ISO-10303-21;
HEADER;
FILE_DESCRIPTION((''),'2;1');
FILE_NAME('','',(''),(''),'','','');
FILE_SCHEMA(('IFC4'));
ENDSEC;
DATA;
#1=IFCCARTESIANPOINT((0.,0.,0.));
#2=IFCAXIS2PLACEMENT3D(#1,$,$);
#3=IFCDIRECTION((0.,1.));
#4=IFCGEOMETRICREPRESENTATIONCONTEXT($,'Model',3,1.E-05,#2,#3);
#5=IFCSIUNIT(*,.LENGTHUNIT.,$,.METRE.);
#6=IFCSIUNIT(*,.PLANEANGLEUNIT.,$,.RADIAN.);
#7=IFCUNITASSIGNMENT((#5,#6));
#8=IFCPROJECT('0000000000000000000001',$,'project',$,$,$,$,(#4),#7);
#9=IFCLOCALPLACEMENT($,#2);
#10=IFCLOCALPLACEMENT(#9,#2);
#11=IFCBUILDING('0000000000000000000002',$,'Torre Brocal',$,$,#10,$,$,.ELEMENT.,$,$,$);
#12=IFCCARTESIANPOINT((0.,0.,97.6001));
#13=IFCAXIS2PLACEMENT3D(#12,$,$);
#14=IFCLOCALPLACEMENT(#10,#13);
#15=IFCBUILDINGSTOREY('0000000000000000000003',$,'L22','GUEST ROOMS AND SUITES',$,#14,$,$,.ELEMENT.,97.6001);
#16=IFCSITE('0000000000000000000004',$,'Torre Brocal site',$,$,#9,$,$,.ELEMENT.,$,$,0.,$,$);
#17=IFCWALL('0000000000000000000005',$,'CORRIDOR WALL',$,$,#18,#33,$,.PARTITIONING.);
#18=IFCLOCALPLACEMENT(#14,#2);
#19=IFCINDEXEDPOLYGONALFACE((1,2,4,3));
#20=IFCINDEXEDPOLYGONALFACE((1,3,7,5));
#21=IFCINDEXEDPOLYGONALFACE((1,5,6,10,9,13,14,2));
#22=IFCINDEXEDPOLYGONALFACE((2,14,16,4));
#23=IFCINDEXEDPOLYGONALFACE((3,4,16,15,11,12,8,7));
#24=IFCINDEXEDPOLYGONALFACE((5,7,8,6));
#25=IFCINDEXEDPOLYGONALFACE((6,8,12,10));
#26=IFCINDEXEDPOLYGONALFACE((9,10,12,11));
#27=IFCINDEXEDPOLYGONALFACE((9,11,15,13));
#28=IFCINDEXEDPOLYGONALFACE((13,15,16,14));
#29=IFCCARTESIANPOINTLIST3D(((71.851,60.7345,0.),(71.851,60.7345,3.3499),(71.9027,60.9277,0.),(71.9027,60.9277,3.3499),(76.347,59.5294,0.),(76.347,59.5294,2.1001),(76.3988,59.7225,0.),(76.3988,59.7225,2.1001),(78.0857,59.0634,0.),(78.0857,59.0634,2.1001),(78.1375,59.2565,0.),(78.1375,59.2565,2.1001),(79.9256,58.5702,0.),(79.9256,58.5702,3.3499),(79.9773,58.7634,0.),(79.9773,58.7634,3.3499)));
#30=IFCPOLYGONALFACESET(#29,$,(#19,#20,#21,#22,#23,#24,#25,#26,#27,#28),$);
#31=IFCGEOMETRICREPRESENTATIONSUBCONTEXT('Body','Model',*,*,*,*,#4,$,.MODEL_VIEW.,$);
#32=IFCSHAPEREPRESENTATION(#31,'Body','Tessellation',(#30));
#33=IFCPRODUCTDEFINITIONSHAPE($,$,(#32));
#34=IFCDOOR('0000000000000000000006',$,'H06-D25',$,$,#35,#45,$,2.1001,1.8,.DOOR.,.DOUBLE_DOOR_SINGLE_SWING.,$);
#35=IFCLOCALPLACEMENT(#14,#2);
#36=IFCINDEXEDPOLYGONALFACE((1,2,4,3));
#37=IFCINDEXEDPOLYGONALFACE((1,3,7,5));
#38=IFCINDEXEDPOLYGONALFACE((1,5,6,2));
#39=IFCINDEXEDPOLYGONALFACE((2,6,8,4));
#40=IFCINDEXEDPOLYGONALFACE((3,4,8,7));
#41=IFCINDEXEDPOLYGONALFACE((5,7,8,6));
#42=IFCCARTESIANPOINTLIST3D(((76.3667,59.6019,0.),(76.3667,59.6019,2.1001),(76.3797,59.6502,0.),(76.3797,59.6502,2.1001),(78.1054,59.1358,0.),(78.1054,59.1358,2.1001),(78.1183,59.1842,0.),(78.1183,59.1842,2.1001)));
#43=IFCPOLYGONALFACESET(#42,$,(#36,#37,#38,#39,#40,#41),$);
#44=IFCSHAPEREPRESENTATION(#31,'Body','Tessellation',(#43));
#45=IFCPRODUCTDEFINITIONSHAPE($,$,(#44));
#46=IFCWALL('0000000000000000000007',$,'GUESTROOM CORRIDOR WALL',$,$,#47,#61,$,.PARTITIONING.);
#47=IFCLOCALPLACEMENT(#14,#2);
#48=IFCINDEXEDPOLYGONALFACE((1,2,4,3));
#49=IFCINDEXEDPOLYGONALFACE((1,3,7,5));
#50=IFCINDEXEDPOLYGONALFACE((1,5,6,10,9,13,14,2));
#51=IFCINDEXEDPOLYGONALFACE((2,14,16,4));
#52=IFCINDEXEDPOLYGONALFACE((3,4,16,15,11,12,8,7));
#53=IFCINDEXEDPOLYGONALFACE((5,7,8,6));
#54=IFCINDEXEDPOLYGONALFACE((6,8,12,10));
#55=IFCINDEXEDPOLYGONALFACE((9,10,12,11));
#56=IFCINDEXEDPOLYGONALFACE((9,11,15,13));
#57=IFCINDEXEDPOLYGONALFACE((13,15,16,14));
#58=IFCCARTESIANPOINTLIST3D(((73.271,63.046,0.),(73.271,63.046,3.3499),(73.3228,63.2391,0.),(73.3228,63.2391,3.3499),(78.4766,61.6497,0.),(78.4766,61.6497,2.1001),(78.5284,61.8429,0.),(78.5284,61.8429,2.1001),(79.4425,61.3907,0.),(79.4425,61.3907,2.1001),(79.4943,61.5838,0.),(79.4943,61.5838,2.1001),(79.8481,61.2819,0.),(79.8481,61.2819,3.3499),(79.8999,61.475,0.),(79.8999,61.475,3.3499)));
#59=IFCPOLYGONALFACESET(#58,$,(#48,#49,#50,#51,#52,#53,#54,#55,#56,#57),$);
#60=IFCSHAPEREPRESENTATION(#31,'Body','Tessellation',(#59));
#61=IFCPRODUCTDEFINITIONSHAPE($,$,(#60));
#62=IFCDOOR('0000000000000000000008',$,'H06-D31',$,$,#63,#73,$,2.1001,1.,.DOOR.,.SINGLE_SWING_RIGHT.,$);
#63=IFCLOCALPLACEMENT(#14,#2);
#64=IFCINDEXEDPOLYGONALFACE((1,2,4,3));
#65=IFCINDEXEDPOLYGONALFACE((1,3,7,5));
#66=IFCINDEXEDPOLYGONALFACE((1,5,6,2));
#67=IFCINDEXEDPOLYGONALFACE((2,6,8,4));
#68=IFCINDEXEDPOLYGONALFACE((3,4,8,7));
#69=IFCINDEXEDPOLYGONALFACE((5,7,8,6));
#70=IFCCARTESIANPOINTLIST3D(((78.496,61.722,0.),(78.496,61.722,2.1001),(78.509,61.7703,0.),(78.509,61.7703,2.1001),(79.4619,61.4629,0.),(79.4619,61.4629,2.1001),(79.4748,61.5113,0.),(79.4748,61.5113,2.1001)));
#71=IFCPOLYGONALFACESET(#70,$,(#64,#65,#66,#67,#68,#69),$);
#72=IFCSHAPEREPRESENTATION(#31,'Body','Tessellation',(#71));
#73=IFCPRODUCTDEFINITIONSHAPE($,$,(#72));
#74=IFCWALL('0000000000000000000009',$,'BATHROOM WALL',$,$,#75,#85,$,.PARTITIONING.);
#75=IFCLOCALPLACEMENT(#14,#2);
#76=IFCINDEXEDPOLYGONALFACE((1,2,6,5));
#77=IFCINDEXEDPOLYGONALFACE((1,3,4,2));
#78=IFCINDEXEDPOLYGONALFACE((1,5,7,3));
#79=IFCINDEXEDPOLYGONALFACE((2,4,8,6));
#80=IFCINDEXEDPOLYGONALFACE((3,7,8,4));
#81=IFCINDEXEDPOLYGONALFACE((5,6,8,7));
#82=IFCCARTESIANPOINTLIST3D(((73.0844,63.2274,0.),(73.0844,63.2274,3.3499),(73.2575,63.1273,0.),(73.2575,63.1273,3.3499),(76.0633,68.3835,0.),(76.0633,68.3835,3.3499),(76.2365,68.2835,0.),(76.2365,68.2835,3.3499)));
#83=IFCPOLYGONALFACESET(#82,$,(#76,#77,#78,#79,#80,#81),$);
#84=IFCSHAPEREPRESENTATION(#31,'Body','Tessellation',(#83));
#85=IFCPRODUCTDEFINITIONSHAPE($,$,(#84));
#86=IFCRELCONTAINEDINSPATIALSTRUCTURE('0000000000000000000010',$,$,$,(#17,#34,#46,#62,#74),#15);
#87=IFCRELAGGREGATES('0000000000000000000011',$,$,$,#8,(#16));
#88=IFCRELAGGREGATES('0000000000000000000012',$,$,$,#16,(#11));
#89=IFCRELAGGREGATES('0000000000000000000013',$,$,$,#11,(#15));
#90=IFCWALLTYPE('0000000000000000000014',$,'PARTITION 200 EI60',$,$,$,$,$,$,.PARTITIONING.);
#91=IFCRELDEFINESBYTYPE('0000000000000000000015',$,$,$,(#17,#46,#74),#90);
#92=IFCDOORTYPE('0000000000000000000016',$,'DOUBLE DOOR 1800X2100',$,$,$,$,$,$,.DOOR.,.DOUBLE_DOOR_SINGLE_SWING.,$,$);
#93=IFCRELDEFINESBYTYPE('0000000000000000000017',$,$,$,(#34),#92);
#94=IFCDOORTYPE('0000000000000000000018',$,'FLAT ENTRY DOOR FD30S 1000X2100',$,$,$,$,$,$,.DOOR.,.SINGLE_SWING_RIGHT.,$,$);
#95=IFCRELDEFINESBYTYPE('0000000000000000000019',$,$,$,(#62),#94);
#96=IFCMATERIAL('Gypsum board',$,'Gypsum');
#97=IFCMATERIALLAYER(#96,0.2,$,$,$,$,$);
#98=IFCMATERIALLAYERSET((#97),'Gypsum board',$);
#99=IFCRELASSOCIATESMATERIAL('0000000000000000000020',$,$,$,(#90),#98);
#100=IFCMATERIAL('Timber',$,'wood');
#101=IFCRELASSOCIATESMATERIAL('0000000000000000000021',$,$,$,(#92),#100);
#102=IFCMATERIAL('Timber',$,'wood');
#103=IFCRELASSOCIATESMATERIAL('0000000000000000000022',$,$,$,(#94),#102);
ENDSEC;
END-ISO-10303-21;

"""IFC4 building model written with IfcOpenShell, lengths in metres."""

from ifc_helpers import new_model, si_unit, direction, frame, frame_2d, origin, place, context, subcontext, project, spatial, rectangle, extrude, material, layer, layer_set, type_object, element, fill, save


model = new_model("IFC4")

# Units and contexts
model_context = context("Model", 3, precision=1e-05, world=origin(), true_north=direction((0.0, 1.0)))
body_context = subcontext(model_context, "Body", "Model", "MODEL_VIEW")
ifc_project = project(units=[si_unit("LENGTHUNIT", "METRE"), si_unit("PLANEANGLEUNIT", "RADIAN")], contexts=[model_context])

# Site, building, storey
site_placement = place(None, origin())
site = spatial("IfcSite", under=ifc_project, at=site_placement, Name="Torre Brocal site", CompositionType="ELEMENT", RefElevation=0.0)
building_placement = place(site_placement, origin())
building = spatial("IfcBuilding", under=site, at=building_placement, Name="Torre Brocal", CompositionType="ELEMENT")
storey_placement = place(building_placement, frame((0.0, 0.0, 97.6001)))
storey = spatial("IfcBuildingStorey", under=building, at=storey_placement, Name="L22", Description="GUEST ROOMS AND SUITES", CompositionType="ELEMENT", Elevation=97.6001)

# Walls, openings, doors
ifc_material_1 = material(Name="Gypsum board", Category="Gypsum")
ifc_layer_1 = layer(ifc_material_1, 0.2)
ifc_layer_set_1 = layer_set([ifc_layer_1], Name="Gypsum board")
wall_type_1 = type_object("IfcWallType", Name="PARTITION 200 EI60", PredefinedType="PARTITIONING", material=ifc_layer_set_1)
wall_1_placement = place(storey_placement, frame((71.877, 60.8311, 0.0), z_axis=(0.0, 0.0, 1.0), x_axis=(0.965905, -0.258897, 0.0)))
wall_1 = element("IfcWall", 1, at=wall_1_placement, inside=storey, type_object=wall_type_1, Name="CORRIDOR WALL", PredefinedType="PARTITIONING", context=body_context, shape_type="SweptSolid", body=[
    extrude(rectangle(XDim=8.3596, YDim=0.2, at=frame_2d((4.1797, 0.0))), origin(), (0.0, 0.0, 1.0), 3.3499),
])
opening_1_placement = place(wall_1_placement, frame((4.6548, 0.0, 0.0)))
opening_1 = element("IfcOpeningElement", 2, at=opening_1_placement, cuts=wall_1, PredefinedType="OPENING", context=body_context, shape_type="SweptSolid", body=[
    extrude(rectangle(XDim=1.8, YDim=2.1001, at=frame_2d((0.8999, 1.05))), frame((0.0, 0.1099, 0.0), z_axis=(0.0, -1.0, 0.0), x_axis=(1.0, 0.0, 0.0)), (0.0, 0.0, 1.0), 0.22),
])
ifc_material_2 = material(Name="Timber", Category="wood")
door_type_1 = type_object("IfcDoorType", Name="DOUBLE DOOR 1800X2100", OperationType="DOUBLE_DOOR_SINGLE_SWING", PredefinedType="DOOR", material=ifc_material_2)
door_1_placement = place(opening_1_placement, frame((1.8, 0.0, 0.0), z_axis=(0.0, 0.0, 1.0), x_axis=(-1.0, 0.0, 0.0)))
door_1 = element("IfcDoor", 3, at=door_1_placement, inside=storey, type_object=door_type_1, Name="H06-D25", OperationType="DOUBLE_DOOR_SINGLE_SWING", OverallHeight=2.1001, OverallWidth=1.8, PredefinedType="DOOR", context=body_context, shape_type="SweptSolid", body=[
    extrude(rectangle(XDim=1.8, YDim=2.1001, at=frame_2d((0.8999, 1.05))), frame((0.0, 0.0249, 0.0), z_axis=(0.0, -1.0, 0.0), x_axis=(1.0, 0.0, 0.0)), (0.0, 0.0, 1.0), 0.05),
])
fill(opening_1, door_1)
wall_2_placement = place(storey_placement, frame((73.2969, 63.1426, 0.0), z_axis=(0.0, 0.0, 1.0), x_axis=(0.965859, -0.259068, 0.0)))
wall_2 = element("IfcWall", 4, at=wall_2_placement, inside=storey, type_object=wall_type_1, Name="GUESTROOM CORRIDOR WALL", PredefinedType="PARTITIONING", context=body_context, shape_type="SweptSolid", body=[
    extrude(rectangle(XDim=6.8096, YDim=0.2, at=frame_2d((3.4048, 0.0))), origin(), (0.0, 0.0, 1.0), 3.3499),
])
opening_2_placement = place(wall_2_placement, frame((5.3896, 0.0, 0.0)))
opening_2 = element("IfcOpeningElement", 5, at=opening_2_placement, cuts=wall_2, PredefinedType="OPENING", context=body_context, shape_type="SweptSolid", body=[
    extrude(rectangle(XDim=1.0, YDim=2.1001, at=frame_2d((0.5, 1.05))), frame((0.0, 0.1099, 0.0), z_axis=(0.0, -1.0, 0.0), x_axis=(1.0, 0.0, 0.0)), (0.0, 0.0, 1.0), 0.22),
])
ifc_material_3 = material(Name="Timber", Category="wood")
door_type_2 = type_object("IfcDoorType", Name="FLAT ENTRY DOOR FD30S 1000X2100", OperationType="SINGLE_SWING_RIGHT", PredefinedType="DOOR", material=ifc_material_3)
door_2_placement = place(opening_2_placement, origin())
door_2 = element("IfcDoor", 6, at=door_2_placement, inside=storey, type_object=door_type_2, Name="H06-D31", OperationType="SINGLE_SWING_RIGHT", OverallHeight=2.1001, OverallWidth=1.0, PredefinedType="DOOR", context=body_context, shape_type="SweptSolid", body=[
    extrude(rectangle(XDim=1.0, YDim=2.1001, at=frame_2d((0.5, 1.05))), frame((0.0, 0.0249, 0.0), z_axis=(0.0, -1.0, 0.0), x_axis=(1.0, 0.0, 0.0)), (0.0, 0.0, 1.0), 0.05),
])
fill(opening_2, door_2)

# Wall
wall_3_placement = place(storey_placement, frame((73.1709, 63.1772, 0.0), z_axis=(0.0, 0.0, 1.0), x_axis=(0.500257, 0.865877, 0.0)))
element("IfcWall", 7, at=wall_3_placement, inside=storey, type_object=wall_type_1, Name="BATHROOM WALL", PredefinedType="PARTITIONING", context=body_context, shape_type="SweptSolid", body=[
    extrude(rectangle(XDim=5.9548, YDim=0.2, at=frame_2d((2.9775, 0.0))), origin(), (0.0, 0.0, 1.0), 3.3499),
])

save(model, "model.ifc")
